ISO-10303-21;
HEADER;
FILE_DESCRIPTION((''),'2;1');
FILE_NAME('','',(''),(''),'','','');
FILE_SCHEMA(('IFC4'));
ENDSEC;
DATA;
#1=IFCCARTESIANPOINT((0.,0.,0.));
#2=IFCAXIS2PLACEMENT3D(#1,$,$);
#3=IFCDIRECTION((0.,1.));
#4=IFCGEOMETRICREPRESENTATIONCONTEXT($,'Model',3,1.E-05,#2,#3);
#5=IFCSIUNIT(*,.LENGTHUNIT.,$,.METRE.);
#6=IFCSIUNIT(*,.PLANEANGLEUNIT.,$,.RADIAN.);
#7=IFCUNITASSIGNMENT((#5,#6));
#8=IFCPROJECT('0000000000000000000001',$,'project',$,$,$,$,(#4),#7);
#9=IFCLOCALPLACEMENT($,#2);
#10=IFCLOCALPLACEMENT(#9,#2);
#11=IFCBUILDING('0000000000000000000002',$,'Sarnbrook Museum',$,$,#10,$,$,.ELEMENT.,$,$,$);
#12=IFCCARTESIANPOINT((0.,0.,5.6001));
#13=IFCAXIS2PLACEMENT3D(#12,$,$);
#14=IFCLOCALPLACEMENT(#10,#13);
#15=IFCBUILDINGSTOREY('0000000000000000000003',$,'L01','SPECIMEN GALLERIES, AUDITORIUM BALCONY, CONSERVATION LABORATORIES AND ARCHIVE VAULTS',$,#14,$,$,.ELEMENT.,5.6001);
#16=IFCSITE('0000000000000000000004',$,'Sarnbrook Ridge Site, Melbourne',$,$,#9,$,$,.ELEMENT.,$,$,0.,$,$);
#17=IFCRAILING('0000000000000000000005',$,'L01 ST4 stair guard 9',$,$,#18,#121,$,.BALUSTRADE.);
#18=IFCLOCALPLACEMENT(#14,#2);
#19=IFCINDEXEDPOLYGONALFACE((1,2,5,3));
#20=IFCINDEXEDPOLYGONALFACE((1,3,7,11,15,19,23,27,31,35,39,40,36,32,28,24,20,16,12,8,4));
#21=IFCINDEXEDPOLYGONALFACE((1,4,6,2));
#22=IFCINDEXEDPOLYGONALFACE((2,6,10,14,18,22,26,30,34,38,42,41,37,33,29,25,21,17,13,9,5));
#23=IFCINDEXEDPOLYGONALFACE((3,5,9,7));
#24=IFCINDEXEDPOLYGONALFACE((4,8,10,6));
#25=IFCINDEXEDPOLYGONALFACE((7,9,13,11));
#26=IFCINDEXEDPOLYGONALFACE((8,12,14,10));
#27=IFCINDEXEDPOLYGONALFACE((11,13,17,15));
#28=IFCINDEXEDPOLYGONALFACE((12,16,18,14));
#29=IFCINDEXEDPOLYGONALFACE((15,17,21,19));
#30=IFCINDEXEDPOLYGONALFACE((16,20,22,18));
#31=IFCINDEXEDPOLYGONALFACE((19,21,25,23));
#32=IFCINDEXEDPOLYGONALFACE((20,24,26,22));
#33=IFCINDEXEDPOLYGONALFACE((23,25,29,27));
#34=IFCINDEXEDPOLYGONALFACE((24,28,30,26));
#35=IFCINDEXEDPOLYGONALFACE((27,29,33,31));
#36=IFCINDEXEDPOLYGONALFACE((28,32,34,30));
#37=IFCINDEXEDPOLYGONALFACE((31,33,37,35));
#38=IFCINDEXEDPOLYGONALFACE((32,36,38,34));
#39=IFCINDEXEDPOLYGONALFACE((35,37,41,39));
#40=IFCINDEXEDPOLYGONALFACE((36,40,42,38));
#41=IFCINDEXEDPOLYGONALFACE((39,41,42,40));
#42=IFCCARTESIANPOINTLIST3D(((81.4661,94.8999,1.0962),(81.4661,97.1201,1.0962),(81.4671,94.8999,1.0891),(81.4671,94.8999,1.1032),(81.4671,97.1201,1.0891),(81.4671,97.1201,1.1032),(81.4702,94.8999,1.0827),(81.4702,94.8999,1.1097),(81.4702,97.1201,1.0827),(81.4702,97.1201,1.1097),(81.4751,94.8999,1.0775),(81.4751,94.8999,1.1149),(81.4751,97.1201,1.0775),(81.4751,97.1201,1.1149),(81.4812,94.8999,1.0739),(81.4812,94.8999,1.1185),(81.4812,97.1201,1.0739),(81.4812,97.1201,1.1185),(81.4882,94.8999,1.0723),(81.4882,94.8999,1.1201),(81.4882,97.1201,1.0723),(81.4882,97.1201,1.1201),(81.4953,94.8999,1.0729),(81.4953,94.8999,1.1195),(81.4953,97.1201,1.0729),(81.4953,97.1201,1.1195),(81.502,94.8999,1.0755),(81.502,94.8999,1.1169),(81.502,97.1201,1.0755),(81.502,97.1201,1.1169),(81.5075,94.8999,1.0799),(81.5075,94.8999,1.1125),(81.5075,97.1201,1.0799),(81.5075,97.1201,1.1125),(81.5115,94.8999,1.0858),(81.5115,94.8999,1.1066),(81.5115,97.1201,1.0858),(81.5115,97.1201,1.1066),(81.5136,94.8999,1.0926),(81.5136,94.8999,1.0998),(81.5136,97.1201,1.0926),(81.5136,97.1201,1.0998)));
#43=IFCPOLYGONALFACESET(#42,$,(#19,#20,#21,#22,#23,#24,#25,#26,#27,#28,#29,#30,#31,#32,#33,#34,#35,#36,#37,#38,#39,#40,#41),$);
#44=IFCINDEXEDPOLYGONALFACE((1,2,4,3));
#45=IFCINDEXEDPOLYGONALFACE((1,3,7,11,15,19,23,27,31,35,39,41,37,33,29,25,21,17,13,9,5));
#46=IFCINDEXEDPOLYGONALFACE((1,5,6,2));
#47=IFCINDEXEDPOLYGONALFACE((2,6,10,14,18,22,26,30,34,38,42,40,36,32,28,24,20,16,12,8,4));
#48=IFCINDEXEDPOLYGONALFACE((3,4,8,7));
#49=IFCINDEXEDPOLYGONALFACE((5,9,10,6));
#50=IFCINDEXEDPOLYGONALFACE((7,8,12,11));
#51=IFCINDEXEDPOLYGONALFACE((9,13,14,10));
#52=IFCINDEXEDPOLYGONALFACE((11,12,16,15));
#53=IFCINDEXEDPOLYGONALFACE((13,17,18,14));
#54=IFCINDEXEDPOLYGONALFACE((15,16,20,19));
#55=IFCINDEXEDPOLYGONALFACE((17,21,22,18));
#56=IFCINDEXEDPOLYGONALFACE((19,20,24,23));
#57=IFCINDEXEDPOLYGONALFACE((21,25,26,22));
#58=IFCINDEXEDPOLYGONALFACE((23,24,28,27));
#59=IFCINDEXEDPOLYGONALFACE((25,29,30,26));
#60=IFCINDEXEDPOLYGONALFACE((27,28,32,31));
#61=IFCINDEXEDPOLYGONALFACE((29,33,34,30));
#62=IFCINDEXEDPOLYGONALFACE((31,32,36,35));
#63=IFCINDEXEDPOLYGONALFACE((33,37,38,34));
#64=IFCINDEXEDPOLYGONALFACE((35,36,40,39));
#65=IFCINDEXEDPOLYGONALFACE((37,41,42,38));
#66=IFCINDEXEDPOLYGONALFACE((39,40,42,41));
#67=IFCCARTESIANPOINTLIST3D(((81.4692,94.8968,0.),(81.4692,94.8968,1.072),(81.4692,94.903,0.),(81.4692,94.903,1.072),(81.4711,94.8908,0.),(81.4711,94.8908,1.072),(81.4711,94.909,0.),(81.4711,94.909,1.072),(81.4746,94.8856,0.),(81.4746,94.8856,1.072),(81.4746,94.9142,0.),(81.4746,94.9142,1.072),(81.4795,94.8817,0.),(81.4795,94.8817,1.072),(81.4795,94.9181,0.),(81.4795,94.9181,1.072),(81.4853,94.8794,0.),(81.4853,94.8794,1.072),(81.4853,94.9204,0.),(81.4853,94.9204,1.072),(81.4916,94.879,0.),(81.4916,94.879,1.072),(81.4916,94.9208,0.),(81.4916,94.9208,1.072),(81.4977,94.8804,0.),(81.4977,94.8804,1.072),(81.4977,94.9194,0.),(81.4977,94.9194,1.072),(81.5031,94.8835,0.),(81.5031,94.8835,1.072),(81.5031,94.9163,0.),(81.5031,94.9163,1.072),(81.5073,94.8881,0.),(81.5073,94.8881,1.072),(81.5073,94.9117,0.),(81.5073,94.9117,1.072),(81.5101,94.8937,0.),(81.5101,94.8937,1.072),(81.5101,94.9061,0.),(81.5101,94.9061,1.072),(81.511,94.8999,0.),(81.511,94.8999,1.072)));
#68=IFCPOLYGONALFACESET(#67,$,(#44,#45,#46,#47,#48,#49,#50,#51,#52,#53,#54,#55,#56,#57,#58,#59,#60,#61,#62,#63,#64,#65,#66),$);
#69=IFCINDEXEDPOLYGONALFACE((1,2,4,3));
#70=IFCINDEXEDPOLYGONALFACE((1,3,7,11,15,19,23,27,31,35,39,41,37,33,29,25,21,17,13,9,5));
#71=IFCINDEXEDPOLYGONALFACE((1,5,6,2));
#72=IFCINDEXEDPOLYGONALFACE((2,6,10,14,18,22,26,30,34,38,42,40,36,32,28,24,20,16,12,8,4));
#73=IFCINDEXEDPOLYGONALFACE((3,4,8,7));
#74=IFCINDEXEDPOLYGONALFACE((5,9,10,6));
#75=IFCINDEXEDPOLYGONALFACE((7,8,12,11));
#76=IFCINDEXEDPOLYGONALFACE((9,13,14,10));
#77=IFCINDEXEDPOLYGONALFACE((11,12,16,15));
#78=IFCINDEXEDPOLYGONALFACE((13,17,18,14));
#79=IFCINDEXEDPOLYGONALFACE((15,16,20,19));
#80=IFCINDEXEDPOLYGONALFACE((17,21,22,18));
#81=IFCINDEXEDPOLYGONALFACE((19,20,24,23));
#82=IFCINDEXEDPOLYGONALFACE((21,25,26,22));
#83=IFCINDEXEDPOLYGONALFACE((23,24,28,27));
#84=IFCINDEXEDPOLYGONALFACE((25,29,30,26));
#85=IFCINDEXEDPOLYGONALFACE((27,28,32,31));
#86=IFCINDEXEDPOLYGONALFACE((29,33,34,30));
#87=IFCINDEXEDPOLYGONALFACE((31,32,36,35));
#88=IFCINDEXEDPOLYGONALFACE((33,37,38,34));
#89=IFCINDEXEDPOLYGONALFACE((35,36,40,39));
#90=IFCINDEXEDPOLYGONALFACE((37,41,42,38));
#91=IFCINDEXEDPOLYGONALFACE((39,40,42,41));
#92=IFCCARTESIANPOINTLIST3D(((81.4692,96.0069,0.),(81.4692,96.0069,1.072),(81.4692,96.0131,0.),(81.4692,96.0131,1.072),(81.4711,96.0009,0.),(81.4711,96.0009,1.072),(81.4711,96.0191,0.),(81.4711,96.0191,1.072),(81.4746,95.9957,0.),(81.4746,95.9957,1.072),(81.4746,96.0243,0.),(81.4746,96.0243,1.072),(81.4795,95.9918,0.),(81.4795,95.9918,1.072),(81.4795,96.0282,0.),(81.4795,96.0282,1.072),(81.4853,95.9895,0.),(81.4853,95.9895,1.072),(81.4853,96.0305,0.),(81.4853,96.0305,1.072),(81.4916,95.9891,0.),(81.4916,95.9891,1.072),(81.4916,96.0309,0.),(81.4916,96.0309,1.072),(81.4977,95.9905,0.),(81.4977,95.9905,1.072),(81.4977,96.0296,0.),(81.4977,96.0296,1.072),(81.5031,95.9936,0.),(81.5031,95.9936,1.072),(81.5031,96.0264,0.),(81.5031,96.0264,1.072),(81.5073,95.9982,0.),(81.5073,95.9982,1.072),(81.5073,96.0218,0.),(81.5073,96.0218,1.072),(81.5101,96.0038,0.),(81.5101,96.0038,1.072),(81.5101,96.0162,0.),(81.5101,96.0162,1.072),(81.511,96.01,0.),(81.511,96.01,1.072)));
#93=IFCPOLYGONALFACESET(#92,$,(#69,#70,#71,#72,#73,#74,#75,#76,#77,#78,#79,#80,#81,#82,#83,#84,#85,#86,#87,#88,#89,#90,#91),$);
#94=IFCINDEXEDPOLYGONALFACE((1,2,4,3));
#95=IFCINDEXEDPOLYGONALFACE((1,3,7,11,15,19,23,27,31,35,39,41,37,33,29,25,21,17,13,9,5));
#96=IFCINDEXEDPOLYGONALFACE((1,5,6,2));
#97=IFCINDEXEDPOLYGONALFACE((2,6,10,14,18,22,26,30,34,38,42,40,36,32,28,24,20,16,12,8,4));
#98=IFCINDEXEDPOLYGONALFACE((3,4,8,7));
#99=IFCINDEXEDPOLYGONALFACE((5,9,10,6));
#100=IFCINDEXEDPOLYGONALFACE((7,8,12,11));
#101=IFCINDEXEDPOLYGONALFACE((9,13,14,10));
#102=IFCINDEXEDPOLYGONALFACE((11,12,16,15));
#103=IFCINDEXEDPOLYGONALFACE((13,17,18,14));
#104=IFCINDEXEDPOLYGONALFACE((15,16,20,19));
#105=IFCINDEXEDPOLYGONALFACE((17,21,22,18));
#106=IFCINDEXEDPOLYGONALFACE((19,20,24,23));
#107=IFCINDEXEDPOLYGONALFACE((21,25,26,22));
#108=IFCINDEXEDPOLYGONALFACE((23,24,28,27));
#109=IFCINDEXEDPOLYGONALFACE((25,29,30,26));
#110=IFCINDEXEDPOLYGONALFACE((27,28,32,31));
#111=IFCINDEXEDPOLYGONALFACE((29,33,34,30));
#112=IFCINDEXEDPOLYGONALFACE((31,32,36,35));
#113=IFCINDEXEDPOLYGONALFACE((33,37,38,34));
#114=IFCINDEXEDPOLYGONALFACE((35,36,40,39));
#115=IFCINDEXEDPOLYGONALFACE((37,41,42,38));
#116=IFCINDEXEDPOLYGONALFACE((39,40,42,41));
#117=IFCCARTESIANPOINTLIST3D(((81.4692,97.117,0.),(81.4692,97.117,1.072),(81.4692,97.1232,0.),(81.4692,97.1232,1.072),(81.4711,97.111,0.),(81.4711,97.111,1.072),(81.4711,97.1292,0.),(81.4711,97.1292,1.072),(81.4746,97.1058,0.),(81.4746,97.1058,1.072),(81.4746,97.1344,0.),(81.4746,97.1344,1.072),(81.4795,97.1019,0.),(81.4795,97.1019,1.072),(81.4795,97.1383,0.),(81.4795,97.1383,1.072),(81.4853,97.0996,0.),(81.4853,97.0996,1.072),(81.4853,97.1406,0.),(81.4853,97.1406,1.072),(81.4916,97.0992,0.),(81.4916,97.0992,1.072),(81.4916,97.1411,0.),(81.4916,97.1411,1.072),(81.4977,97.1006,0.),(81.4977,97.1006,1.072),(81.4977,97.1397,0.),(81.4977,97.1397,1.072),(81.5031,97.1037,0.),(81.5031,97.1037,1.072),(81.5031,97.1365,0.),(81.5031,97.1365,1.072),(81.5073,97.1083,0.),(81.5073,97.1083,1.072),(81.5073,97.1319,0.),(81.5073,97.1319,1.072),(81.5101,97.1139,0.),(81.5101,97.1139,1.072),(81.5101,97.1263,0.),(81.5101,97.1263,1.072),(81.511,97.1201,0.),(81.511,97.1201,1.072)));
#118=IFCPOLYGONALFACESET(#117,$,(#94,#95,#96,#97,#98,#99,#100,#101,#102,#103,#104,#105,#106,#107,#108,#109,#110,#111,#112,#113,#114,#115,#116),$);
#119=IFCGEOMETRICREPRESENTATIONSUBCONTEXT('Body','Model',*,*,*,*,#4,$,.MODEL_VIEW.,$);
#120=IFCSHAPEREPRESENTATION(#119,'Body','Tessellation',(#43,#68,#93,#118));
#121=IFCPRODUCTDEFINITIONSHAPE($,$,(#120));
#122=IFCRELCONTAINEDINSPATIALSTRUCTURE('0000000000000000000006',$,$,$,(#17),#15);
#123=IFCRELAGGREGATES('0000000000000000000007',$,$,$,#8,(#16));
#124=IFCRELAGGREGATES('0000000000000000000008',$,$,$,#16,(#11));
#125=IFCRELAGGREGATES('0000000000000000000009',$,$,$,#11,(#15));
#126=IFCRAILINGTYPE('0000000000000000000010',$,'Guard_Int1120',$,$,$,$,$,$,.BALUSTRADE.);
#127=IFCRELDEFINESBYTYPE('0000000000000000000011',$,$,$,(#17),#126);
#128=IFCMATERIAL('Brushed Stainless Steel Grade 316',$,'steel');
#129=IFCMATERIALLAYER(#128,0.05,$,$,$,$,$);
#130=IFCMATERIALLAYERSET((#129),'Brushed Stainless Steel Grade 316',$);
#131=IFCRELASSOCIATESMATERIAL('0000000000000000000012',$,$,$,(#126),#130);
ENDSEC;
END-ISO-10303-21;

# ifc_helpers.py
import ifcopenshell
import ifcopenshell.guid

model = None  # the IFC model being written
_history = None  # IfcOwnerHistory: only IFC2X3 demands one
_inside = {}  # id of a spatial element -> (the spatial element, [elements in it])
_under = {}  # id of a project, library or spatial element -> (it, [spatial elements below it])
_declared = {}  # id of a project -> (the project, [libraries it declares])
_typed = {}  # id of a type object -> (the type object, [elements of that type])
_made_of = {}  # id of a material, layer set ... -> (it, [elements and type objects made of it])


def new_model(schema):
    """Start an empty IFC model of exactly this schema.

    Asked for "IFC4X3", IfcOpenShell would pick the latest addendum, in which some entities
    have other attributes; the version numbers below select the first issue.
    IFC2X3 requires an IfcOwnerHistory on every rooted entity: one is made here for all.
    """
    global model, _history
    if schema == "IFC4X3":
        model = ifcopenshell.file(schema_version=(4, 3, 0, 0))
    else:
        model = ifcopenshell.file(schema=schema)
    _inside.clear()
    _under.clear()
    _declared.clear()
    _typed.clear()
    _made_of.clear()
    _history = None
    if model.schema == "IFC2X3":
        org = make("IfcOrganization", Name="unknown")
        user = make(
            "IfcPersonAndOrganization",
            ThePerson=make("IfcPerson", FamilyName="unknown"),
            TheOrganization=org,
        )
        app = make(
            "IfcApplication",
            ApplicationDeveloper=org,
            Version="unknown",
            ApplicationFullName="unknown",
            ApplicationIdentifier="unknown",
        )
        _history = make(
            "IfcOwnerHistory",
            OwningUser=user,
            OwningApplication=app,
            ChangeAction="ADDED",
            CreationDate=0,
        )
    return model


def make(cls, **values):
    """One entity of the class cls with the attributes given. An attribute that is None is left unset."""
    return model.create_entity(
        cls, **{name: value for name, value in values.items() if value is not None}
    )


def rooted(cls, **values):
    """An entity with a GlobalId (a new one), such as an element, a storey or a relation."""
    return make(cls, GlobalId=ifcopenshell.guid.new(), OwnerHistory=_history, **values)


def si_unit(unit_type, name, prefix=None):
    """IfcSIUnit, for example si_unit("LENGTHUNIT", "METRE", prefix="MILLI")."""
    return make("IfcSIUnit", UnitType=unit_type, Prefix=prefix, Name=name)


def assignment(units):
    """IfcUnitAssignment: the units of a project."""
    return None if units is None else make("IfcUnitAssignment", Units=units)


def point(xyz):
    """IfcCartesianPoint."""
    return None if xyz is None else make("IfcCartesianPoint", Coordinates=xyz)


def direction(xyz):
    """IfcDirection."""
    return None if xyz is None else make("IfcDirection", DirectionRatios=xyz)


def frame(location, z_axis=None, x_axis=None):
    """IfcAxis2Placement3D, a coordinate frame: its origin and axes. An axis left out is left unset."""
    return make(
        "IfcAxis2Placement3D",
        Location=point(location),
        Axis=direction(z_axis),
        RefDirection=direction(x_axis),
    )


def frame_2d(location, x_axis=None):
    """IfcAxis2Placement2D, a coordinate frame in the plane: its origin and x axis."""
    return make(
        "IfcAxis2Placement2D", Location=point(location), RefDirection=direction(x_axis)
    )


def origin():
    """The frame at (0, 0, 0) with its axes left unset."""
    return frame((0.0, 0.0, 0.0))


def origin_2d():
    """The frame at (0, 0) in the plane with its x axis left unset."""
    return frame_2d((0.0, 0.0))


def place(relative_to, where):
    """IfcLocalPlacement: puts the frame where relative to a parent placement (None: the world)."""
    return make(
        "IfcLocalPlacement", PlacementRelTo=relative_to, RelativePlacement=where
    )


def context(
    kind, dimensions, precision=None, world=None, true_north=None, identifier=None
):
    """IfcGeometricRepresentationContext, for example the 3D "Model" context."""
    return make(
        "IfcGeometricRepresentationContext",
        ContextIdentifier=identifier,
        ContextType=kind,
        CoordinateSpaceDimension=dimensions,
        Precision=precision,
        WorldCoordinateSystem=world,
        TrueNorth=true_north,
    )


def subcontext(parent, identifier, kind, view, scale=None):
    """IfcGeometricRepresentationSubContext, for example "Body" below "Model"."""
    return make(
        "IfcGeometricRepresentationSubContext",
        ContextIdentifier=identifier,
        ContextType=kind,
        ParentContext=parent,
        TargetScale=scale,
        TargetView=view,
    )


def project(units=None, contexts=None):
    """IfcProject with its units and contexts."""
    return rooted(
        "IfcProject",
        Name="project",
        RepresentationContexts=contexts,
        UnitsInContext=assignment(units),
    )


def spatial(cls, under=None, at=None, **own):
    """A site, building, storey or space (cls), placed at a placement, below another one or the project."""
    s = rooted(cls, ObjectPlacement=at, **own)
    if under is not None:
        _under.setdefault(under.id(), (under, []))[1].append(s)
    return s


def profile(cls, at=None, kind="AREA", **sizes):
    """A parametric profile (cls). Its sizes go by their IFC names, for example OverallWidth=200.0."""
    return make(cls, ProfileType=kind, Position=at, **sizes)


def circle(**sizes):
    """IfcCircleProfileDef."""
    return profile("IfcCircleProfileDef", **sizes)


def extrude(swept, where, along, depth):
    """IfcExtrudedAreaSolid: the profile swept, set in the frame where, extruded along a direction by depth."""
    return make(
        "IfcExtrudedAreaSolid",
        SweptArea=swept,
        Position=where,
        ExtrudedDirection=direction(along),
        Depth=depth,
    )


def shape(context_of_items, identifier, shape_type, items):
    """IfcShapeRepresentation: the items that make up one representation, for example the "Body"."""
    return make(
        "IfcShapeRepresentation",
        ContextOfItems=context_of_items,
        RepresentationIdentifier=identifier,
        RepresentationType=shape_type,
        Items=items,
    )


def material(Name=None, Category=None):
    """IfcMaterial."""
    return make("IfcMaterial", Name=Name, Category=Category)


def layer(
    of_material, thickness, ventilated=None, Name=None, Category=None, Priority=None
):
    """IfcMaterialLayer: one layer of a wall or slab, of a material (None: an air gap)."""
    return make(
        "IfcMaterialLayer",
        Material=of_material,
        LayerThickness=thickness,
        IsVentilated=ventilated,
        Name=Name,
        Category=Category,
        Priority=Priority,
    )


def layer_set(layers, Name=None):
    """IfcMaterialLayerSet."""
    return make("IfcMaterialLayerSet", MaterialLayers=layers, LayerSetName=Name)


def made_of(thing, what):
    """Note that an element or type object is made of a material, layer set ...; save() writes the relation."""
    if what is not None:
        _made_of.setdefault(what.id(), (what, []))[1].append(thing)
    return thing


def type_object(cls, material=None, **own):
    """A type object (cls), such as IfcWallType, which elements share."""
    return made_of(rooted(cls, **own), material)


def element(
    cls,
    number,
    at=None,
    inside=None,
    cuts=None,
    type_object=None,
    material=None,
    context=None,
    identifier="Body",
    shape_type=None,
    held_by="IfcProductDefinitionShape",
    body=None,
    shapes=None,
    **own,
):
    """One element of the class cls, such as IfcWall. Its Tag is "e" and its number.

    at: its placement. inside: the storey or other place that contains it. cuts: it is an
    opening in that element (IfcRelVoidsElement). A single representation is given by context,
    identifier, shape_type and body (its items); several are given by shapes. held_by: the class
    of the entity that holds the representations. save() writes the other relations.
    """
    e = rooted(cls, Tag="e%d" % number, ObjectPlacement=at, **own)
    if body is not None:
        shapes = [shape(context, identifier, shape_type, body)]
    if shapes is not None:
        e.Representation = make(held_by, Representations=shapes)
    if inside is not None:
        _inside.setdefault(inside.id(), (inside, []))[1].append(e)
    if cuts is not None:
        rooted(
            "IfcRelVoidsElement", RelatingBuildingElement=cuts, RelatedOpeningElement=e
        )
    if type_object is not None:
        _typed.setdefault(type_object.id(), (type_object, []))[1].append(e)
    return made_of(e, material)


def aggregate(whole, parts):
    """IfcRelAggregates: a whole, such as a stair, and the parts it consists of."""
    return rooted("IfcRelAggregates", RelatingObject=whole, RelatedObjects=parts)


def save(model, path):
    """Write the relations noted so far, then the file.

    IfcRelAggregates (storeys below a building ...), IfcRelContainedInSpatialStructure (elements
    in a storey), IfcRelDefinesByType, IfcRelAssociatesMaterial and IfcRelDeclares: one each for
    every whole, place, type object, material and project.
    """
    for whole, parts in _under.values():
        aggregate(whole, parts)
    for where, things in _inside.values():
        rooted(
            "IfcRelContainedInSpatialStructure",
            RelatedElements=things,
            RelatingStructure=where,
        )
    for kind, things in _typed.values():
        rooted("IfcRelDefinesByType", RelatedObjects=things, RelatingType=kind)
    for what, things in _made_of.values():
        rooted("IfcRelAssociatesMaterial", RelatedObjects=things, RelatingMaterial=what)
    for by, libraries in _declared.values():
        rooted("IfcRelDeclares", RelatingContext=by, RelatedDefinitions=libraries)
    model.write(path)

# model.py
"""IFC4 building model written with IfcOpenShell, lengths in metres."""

from ifc_helpers import new_model, si_unit, direction, frame, origin, origin_2d, place, context, subcontext, project, spatial, circle, extrude, material, layer, layer_set, type_object, element, save


model = new_model("IFC4")

# Units and contexts
model_context = context("Model", 3, precision=1e-05, world=origin(), true_north=direction((0.0, 1.0)))
body_context = subcontext(model_context, "Body", "Model", "MODEL_VIEW")
ifc_project = project(units=[si_unit("LENGTHUNIT", "METRE"), si_unit("PLANEANGLEUNIT", "RADIAN")], contexts=[model_context])

# Site, building, storey
site_placement = place(None, origin())
site = spatial("IfcSite", under=ifc_project, at=site_placement, Name="Sarnbrook Ridge Site, Melbourne", CompositionType="ELEMENT", RefElevation=0.0)
building_placement = place(site_placement, origin())
building = spatial("IfcBuilding", under=site, at=building_placement, Name="Sarnbrook Museum", CompositionType="ELEMENT")
storey_placement = place(building_placement, frame((0.0, 0.0, 5.6001)))
storey = spatial("IfcBuildingStorey", under=building, at=storey_placement, Name="L01", Description="SPECIMEN GALLERIES, AUDITORIUM BALCONY, CONSERVATION LABORATORIES AND ARCHIVE VAULTS", CompositionType="ELEMENT", Elevation=5.6001)

# Shared definitions
ifc_material_1 = material(Name="Brushed Stainless Steel Grade 316", Category="steel")

# Railing
ifc_layer_1 = layer(ifc_material_1, 0.05)
ifc_layer_set_1 = layer_set([ifc_layer_1], Name="Brushed Stainless Steel Grade 316")
railing_type_1 = type_object("IfcRailingType", Name="Guard_Int1120", PredefinedType="BALUSTRADE", material=ifc_layer_set_1)
for number, where, name in (
    (1, (81.49, 94.8999, 0.0), "L01 ST4 stair guard 9"),
):
    element("IfcRailing", number, at=place(storey_placement, frame(where)), inside=storey, type_object=railing_type_1, Name=name, PredefinedType="BALUSTRADE", context=body_context, shape_type="SweptSolid", body=[
        extrude(circle(Radius=0.0239, at=origin_2d()), frame((0.0, 0.0, 1.0962), z_axis=(0.0, 1.0, 0.0), x_axis=(-1.0, 0.0, 0.0)), (0.0, 0.0, 1.0), 2.2202),
        extrude(circle(Radius=0.021, at=origin_2d()), origin(), (0.0, 0.0, 1.0), 1.072),
        extrude(circle(Radius=0.021, at=origin_2d()), frame((0.0, 1.1101, 0.0)), (0.0, 0.0, 1.0), 1.072),
        extrude(circle(Radius=0.021, at=origin_2d()), frame((0.0, 2.2202, 0.0)), (0.0, 0.0, 1.0), 1.072),
    ])

save(model, "model.ifc")
